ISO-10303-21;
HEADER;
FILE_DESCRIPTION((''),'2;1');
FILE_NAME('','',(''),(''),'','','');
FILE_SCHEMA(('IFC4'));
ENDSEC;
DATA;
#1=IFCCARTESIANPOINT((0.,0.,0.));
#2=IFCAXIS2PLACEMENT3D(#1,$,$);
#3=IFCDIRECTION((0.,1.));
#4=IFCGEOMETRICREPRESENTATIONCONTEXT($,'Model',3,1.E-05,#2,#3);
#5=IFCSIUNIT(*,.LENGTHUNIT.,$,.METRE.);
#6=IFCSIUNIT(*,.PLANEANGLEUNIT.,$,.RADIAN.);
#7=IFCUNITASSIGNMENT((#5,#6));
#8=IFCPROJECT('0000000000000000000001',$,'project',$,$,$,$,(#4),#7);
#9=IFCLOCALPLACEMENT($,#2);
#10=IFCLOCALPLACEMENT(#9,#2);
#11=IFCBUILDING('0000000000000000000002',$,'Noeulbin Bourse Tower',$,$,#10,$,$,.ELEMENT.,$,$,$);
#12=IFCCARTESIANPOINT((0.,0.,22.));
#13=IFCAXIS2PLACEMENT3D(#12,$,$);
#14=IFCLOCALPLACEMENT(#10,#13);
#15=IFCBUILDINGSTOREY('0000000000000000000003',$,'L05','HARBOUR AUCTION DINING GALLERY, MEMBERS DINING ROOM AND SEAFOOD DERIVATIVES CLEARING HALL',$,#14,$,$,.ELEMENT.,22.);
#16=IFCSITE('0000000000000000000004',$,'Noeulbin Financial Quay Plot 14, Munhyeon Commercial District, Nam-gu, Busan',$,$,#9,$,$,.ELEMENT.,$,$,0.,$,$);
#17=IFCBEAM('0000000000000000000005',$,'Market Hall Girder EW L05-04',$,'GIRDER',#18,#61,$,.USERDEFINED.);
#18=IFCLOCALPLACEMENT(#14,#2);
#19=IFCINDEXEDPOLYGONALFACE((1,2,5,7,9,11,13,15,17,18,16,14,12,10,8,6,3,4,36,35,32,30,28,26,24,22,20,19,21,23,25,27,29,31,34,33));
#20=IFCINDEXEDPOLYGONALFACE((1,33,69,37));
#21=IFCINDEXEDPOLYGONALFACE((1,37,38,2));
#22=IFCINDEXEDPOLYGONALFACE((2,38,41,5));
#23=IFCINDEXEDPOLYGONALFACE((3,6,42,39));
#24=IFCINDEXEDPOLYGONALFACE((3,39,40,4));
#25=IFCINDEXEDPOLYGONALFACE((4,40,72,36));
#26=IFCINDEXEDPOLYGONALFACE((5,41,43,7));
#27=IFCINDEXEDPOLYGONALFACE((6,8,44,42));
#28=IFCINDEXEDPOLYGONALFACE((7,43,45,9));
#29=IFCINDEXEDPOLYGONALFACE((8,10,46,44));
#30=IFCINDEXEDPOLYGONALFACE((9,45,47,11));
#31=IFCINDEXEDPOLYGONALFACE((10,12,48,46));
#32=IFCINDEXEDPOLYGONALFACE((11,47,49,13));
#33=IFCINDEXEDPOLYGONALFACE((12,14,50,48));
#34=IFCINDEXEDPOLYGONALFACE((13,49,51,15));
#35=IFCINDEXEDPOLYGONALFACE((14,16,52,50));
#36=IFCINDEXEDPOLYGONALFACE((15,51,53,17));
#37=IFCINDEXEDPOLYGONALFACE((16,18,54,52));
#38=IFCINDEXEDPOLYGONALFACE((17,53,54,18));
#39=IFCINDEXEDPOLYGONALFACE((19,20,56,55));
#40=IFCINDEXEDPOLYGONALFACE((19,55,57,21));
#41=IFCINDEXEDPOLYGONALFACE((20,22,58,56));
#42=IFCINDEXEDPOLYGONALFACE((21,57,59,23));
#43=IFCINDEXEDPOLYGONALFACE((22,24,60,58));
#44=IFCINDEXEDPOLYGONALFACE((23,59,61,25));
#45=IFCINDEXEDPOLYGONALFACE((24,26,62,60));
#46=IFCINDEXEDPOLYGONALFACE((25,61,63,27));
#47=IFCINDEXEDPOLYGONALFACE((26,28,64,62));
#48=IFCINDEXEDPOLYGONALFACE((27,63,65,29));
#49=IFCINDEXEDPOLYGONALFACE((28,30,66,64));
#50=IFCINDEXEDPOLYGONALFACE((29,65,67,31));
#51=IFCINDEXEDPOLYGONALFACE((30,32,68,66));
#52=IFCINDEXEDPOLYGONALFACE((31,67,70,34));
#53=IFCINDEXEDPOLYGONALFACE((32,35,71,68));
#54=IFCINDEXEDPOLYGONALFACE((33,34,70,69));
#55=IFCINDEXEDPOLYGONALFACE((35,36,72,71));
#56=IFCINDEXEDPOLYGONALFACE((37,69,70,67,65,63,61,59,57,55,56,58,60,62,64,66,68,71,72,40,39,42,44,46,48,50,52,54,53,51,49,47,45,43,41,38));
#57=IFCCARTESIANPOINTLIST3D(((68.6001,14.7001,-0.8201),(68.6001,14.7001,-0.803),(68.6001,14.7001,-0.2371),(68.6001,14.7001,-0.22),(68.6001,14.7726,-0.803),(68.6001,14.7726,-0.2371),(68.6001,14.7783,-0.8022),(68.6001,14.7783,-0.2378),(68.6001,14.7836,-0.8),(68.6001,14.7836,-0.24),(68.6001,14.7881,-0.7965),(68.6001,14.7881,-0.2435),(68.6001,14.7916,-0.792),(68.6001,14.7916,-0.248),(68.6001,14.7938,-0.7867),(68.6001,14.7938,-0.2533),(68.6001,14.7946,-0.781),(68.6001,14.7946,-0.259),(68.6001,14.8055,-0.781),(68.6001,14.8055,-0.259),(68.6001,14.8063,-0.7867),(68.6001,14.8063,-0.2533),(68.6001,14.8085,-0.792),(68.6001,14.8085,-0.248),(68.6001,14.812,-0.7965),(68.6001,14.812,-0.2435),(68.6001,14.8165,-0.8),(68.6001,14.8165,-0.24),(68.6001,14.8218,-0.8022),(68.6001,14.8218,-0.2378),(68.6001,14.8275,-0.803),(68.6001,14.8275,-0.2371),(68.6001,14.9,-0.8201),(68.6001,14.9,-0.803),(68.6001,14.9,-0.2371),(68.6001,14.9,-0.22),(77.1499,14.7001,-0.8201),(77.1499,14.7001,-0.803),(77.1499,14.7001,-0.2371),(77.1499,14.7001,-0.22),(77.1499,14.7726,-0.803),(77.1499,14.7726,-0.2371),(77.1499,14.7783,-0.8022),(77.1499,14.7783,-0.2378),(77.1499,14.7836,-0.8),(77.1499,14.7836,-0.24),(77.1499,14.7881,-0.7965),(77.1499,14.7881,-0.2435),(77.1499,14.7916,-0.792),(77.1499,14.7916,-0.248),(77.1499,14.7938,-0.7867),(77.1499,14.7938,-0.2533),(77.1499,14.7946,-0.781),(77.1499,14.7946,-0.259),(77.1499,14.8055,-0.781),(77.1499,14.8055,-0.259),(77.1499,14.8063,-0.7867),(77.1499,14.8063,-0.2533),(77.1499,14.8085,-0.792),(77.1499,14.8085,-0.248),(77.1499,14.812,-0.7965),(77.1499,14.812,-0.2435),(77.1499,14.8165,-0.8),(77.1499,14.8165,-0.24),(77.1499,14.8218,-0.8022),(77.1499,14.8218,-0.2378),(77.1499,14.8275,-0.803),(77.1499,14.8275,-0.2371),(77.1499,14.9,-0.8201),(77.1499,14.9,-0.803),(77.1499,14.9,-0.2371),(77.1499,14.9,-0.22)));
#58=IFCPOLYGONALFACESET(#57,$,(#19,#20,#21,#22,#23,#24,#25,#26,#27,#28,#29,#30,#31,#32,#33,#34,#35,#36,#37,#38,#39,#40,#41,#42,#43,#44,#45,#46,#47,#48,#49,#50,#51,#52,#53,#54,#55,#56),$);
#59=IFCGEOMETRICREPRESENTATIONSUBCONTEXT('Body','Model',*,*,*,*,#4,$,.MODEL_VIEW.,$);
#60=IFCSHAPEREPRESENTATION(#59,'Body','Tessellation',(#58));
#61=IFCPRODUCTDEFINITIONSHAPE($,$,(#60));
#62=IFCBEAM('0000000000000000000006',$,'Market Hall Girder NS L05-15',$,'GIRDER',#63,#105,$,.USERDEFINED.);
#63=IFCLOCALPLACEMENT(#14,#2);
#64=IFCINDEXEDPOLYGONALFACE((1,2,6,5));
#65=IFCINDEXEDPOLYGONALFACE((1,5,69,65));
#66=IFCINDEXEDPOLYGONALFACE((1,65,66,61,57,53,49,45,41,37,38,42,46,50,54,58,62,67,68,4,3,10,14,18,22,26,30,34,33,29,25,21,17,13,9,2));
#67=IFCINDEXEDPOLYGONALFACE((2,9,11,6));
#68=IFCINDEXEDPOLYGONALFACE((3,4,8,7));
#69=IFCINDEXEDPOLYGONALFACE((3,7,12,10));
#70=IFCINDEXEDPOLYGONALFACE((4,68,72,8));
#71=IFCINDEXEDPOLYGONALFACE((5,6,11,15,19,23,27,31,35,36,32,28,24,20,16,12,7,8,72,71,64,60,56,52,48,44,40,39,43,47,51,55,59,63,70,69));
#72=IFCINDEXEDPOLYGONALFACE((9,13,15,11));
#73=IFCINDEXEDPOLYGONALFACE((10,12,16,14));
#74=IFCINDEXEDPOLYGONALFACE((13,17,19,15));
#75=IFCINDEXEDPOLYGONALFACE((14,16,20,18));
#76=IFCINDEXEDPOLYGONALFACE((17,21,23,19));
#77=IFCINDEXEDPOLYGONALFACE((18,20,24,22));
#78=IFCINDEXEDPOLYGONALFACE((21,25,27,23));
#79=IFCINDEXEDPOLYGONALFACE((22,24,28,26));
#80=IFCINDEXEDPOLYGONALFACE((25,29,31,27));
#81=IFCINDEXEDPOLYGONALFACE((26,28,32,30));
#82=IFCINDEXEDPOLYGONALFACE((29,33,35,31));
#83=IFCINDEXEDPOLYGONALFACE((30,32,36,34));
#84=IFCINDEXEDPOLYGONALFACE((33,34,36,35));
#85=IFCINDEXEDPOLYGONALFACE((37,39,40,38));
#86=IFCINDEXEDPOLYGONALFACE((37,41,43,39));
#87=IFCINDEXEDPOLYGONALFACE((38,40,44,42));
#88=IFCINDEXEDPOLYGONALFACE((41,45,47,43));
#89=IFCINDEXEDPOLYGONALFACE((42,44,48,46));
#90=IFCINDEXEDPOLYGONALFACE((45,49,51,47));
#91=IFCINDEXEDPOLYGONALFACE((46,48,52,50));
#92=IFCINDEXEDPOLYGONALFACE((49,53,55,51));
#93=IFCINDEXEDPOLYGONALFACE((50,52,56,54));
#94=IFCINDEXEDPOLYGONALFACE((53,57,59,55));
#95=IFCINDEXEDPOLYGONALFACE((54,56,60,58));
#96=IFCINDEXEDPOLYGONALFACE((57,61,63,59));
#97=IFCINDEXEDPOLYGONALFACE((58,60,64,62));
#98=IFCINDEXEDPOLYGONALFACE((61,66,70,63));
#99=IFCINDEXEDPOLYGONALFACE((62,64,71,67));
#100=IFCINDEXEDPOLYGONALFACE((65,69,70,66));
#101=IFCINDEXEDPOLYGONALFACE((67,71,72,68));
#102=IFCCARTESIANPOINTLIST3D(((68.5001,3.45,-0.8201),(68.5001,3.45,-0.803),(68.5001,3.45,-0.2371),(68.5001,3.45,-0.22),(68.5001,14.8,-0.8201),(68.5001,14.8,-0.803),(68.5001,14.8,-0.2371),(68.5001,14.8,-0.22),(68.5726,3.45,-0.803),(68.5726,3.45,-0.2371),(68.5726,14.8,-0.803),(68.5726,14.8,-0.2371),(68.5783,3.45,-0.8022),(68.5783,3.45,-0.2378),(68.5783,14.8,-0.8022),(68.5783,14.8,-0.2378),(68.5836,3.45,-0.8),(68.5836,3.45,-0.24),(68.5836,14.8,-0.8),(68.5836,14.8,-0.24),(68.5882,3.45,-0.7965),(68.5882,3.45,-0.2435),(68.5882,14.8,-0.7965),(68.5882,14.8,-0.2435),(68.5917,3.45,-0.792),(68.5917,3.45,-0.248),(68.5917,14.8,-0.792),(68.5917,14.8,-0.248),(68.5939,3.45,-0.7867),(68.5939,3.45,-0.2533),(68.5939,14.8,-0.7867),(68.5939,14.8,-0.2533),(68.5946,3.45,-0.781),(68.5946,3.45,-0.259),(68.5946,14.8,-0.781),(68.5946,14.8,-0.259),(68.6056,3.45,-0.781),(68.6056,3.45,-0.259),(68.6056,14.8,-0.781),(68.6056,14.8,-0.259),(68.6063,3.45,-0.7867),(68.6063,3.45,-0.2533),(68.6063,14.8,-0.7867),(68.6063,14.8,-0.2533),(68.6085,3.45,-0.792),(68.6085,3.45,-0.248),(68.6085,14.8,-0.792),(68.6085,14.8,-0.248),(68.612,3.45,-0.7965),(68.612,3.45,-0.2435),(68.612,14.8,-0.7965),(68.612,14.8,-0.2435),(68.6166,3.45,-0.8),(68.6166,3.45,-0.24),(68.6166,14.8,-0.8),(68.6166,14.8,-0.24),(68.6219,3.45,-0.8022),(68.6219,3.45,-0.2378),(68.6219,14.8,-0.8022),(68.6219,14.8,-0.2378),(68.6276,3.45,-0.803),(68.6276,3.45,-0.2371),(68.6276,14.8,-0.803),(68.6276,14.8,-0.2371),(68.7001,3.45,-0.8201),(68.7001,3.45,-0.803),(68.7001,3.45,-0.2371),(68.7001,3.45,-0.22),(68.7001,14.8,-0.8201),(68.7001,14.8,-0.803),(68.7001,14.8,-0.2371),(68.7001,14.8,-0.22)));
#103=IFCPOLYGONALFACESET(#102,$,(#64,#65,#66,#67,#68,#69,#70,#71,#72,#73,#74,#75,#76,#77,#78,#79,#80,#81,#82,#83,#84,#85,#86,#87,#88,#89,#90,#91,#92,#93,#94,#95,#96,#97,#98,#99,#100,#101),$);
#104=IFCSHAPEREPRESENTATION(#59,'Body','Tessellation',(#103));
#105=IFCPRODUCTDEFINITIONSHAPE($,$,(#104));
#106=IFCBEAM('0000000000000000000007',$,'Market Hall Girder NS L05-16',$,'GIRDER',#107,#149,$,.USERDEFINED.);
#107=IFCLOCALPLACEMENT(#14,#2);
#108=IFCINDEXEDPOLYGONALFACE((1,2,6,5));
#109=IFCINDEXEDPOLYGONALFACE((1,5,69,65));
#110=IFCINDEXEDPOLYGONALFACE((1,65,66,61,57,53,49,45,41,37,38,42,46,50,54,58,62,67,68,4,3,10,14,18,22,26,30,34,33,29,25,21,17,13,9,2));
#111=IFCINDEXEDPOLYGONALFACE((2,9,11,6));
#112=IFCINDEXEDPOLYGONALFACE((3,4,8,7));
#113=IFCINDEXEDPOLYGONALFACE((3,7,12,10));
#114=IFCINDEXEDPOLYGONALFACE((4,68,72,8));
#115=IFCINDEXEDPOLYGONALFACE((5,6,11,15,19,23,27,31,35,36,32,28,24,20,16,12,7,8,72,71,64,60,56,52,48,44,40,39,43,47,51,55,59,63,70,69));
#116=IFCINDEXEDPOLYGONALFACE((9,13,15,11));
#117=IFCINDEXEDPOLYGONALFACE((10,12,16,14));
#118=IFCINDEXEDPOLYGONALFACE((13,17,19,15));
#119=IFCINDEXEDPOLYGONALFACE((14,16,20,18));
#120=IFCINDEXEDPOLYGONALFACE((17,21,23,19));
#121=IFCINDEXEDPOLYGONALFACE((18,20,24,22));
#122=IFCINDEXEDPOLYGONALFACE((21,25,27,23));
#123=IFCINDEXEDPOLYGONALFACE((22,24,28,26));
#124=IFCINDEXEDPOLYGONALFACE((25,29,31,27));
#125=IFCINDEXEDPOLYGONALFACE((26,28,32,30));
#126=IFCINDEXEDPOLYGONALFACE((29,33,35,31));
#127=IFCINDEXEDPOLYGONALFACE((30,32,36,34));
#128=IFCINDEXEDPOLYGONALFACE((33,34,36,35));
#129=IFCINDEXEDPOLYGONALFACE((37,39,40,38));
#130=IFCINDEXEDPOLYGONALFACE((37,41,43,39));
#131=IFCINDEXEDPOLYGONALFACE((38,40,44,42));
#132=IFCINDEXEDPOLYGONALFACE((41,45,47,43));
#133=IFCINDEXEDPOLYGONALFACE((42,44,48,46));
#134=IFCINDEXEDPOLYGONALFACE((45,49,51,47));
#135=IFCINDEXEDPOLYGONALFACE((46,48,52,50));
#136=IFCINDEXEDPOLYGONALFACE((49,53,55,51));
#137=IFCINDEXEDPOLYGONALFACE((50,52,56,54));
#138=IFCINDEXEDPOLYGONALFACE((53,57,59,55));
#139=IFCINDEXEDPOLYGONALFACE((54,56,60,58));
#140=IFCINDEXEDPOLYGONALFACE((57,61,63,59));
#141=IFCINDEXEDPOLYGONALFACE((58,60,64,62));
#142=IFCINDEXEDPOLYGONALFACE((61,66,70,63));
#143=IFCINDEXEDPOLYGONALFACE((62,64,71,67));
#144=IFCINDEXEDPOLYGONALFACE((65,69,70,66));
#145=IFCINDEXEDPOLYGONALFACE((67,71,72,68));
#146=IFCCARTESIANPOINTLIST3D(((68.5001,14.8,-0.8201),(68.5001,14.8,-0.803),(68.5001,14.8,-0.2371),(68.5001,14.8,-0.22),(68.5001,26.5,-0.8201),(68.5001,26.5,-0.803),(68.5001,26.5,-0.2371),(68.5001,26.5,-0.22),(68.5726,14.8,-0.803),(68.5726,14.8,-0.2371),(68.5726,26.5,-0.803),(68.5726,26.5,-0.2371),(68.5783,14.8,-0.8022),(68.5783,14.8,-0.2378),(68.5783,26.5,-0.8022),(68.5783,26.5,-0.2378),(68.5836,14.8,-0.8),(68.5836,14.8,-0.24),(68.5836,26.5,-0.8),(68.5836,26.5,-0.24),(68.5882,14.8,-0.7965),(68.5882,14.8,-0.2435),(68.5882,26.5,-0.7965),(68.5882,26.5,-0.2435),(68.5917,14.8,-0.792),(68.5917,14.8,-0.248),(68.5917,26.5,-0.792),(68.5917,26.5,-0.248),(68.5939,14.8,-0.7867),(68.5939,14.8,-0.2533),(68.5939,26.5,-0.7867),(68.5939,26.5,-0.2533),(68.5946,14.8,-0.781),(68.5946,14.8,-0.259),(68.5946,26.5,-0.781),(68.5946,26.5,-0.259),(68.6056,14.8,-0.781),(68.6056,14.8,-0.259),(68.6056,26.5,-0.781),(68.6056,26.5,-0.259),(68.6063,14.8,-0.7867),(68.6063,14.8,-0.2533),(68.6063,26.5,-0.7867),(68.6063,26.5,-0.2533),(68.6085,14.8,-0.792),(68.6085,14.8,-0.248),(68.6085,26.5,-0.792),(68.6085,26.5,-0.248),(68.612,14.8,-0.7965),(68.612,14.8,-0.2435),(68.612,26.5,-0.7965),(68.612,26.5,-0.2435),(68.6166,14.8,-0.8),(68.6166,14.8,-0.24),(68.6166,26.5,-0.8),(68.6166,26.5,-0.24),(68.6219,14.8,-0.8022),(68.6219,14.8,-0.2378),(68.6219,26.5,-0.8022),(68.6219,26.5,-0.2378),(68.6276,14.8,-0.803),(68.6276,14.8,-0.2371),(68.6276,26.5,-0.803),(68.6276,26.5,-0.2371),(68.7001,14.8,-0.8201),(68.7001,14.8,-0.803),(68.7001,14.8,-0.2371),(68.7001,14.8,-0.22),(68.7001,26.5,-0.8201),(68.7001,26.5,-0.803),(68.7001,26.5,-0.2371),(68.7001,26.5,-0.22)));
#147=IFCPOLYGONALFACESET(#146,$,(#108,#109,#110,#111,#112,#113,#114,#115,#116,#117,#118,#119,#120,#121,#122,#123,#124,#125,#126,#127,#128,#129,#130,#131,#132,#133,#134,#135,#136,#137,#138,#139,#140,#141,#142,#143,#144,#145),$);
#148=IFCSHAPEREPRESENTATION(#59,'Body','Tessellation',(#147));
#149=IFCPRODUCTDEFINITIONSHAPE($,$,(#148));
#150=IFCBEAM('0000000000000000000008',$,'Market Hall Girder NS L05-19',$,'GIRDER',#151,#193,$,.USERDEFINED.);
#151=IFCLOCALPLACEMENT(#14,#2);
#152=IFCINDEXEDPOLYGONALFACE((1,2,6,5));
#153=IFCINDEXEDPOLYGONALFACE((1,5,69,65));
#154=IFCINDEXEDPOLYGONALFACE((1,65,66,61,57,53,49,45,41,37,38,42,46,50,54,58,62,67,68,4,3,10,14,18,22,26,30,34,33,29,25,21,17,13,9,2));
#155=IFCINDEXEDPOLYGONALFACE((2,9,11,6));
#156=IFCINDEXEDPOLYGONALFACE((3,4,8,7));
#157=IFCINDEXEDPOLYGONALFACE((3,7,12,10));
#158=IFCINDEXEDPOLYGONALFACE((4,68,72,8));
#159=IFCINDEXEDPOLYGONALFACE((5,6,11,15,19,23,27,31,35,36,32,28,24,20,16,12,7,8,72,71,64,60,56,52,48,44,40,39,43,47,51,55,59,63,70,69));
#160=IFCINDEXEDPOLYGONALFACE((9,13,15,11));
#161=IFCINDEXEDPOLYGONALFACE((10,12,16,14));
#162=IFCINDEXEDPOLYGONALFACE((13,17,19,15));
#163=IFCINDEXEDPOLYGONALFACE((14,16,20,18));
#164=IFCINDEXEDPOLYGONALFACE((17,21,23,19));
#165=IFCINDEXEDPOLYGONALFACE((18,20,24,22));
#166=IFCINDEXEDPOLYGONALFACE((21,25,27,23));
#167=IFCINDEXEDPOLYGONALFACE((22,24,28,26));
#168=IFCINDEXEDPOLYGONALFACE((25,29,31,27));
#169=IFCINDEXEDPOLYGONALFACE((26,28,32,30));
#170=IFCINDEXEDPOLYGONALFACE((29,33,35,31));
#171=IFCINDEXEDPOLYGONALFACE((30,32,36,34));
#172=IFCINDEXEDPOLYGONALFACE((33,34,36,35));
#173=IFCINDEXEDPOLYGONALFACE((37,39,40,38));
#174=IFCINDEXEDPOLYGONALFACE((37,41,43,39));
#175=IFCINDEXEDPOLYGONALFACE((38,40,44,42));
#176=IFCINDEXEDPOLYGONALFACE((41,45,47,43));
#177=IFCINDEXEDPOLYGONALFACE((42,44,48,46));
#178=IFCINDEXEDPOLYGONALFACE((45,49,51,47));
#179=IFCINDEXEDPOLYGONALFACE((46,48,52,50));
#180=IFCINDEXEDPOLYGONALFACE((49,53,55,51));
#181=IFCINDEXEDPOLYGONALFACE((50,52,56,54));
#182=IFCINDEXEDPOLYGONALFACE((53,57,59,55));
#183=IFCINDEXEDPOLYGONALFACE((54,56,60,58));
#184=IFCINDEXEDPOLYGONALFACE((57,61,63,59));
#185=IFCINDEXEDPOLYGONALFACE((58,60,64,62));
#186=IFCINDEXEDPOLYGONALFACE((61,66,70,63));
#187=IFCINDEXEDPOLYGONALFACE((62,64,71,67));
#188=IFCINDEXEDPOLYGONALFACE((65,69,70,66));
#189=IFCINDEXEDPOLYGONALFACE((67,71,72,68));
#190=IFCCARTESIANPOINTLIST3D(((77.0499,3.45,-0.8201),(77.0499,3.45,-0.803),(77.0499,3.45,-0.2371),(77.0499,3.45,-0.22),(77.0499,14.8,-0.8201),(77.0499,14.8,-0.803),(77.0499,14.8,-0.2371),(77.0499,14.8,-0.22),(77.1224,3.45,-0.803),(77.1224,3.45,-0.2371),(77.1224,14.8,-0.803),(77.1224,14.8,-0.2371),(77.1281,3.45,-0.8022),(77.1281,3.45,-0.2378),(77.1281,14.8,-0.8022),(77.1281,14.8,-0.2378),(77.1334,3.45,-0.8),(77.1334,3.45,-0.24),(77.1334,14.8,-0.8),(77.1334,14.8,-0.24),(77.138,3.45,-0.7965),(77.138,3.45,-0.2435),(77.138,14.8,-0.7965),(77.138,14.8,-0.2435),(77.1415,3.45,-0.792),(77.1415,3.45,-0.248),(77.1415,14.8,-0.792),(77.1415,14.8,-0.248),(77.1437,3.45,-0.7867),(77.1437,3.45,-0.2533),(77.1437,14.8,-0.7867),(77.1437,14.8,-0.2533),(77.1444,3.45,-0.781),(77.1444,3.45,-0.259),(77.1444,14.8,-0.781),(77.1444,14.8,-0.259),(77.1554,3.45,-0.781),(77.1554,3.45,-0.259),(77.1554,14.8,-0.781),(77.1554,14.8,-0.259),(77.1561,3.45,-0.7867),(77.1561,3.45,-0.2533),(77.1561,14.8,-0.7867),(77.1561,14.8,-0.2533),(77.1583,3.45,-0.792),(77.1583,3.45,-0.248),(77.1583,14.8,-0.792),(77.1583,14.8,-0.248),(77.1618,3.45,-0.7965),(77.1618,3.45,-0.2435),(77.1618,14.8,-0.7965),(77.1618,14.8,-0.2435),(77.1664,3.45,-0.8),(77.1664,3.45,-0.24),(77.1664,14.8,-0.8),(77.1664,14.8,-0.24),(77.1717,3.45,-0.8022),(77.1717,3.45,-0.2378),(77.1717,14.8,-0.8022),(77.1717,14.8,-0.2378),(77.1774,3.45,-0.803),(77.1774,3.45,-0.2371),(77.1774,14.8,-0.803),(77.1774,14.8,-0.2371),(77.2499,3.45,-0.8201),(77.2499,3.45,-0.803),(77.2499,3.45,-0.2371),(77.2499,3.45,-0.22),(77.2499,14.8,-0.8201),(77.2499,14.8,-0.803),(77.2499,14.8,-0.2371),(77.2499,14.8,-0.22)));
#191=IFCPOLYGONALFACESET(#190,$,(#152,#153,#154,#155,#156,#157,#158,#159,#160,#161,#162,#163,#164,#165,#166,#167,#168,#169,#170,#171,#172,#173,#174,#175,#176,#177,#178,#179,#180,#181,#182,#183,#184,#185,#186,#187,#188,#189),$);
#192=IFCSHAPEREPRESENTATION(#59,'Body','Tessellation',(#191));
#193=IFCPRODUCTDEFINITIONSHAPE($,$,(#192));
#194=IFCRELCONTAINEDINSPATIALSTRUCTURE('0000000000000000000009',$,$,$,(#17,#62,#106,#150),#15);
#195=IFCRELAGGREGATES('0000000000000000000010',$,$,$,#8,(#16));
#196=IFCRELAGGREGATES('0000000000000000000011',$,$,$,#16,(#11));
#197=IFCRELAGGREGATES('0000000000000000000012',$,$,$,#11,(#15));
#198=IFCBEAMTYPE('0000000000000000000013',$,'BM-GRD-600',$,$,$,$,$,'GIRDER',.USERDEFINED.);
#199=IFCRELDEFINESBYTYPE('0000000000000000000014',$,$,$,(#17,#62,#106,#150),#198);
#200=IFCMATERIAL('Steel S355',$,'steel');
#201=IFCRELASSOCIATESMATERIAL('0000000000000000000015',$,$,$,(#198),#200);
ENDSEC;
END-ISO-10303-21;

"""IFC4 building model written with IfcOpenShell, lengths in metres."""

from ifc_helpers import new_model, si_unit, direction, frame, origin, origin_2d, place, context, subcontext, project, spatial, i_section, extrude, material, material_profile, profile_set, type_object, element, save


model = new_model("IFC4")

# Units and contexts
model_context = context("Model", 3, precision=1e-05, world=origin(), true_north=direction((0.0, 1.0)))
body_context = subcontext(model_context, "Body", "Model", "MODEL_VIEW")
ifc_project = project(units=[si_unit("LENGTHUNIT", "METRE"), si_unit("PLANEANGLEUNIT", "RADIAN")], contexts=[model_context])

# Site, building, storey
site_placement = place(None, origin())
site = spatial("IfcSite", under=ifc_project, at=site_placement, Name="Noeulbin Financial Quay Plot 14, Munhyeon Commercial District, Nam-gu, Busan", CompositionType="ELEMENT", RefElevation=0.0)
building_placement = place(site_placement, origin())
building = spatial("IfcBuilding", under=site, at=building_placement, Name="Noeulbin Bourse Tower", CompositionType="ELEMENT")
storey_placement = place(building_placement, frame((0.0, 0.0, 22.0)))
storey = spatial("IfcBuildingStorey", under=building, at=storey_placement, Name="L05", Description="HARBOUR AUCTION DINING GALLERY, MEMBERS DINING ROOM AND SEAFOOD DERIVATIVES CLEARING HALL", CompositionType="ELEMENT", Elevation=22.0)

# Shared definitions
ifc_material_1 = material(Name="Steel S355", Category="steel")

# Beams
ifc_material_profile_1 = material_profile(ifc_material_1, i_section(OverallWidth=0.2, OverallDepth=0.6001, WebThickness=0.011, FlangeThickness=0.0171, FilletRadius=0.022, at=origin_2d()), Name="H-600x200x11x17", Category="LoadBearing")
ifc_profile_set_1 = profile_set([ifc_material_profile_1], Name="Steel S355")
beam_type_1 = type_object("IfcBeamType", Name="BM-GRD-600", ElementType="GIRDER", PredefinedType="USERDEFINED", material=ifc_profile_set_1)
for number, where, z_axis, x_axis, name in (
    (1, (68.6001, 14.8, -0.52), (1.0, 0.0, 0.0), (0.0, 1.0, 0.0), "Market Hall Girder EW L05-04"),
):
    element("IfcBeam", number, at=place(storey_placement, frame(where, z_axis=z_axis, x_axis=x_axis)), inside=storey, type_object=beam_type_1, Name=name, ObjectType="GIRDER", PredefinedType="USERDEFINED", context=body_context, shape_type="SweptSolid", body=[
        extrude(i_section(OverallWidth=0.2, OverallDepth=0.6001, WebThickness=0.011, FlangeThickness=0.0171, FilletRadius=0.022, at=origin_2d()), origin(), (0.0, 0.0, 1.0), 8.5498),
    ])
beam_1_placement = place(storey_placement, frame((68.6001, 3.45, -0.52), z_axis=(0.0, 1.0, 0.0), x_axis=(-1.0, 0.0, 0.0)))
element("IfcBeam", 2, at=beam_1_placement, inside=storey, type_object=beam_type_1, Name="Market Hall Girder NS L05-15", ObjectType="GIRDER", PredefinedType="USERDEFINED", context=body_context, shape_type="SweptSolid", body=[
    extrude(i_section(OverallWidth=0.2, OverallDepth=0.6001, WebThickness=0.011, FlangeThickness=0.0171, FilletRadius=0.022, at=origin_2d()), origin(), (0.0, 0.0, 1.0), 11.3501),
])
beam_2_placement = place(storey_placement, frame((68.6001, 14.8, -0.52), z_axis=(0.0, 1.0, 0.0), x_axis=(-1.0, 0.0, 0.0)))
element("IfcBeam", 3, at=beam_2_placement, inside=storey, type_object=beam_type_1, Name="Market Hall Girder NS L05-16", ObjectType="GIRDER", PredefinedType="USERDEFINED", context=body_context, shape_type="SweptSolid", body=[
    extrude(i_section(OverallWidth=0.2, OverallDepth=0.6001, WebThickness=0.011, FlangeThickness=0.0171, FilletRadius=0.022, at=origin_2d()), origin(), (0.0, 0.0, 1.0), 11.7),
])
beam_3_placement = place(storey_placement, frame((77.1499, 3.45, -0.52), z_axis=(0.0, 1.0, 0.0), x_axis=(-1.0, 0.0, 0.0)))
element("IfcBeam", 4, at=beam_3_placement, inside=storey, type_object=beam_type_1, Name="Market Hall Girder NS L05-19", ObjectType="GIRDER", PredefinedType="USERDEFINED", context=body_context, shape_type="SweptSolid", body=[
    extrude(i_section(OverallWidth=0.2, OverallDepth=0.6001, WebThickness=0.011, FlangeThickness=0.0171, FilletRadius=0.022, at=origin_2d()), origin(), (0.0, 0.0, 1.0), 11.3501),
])

save(model, "model.ifc")
